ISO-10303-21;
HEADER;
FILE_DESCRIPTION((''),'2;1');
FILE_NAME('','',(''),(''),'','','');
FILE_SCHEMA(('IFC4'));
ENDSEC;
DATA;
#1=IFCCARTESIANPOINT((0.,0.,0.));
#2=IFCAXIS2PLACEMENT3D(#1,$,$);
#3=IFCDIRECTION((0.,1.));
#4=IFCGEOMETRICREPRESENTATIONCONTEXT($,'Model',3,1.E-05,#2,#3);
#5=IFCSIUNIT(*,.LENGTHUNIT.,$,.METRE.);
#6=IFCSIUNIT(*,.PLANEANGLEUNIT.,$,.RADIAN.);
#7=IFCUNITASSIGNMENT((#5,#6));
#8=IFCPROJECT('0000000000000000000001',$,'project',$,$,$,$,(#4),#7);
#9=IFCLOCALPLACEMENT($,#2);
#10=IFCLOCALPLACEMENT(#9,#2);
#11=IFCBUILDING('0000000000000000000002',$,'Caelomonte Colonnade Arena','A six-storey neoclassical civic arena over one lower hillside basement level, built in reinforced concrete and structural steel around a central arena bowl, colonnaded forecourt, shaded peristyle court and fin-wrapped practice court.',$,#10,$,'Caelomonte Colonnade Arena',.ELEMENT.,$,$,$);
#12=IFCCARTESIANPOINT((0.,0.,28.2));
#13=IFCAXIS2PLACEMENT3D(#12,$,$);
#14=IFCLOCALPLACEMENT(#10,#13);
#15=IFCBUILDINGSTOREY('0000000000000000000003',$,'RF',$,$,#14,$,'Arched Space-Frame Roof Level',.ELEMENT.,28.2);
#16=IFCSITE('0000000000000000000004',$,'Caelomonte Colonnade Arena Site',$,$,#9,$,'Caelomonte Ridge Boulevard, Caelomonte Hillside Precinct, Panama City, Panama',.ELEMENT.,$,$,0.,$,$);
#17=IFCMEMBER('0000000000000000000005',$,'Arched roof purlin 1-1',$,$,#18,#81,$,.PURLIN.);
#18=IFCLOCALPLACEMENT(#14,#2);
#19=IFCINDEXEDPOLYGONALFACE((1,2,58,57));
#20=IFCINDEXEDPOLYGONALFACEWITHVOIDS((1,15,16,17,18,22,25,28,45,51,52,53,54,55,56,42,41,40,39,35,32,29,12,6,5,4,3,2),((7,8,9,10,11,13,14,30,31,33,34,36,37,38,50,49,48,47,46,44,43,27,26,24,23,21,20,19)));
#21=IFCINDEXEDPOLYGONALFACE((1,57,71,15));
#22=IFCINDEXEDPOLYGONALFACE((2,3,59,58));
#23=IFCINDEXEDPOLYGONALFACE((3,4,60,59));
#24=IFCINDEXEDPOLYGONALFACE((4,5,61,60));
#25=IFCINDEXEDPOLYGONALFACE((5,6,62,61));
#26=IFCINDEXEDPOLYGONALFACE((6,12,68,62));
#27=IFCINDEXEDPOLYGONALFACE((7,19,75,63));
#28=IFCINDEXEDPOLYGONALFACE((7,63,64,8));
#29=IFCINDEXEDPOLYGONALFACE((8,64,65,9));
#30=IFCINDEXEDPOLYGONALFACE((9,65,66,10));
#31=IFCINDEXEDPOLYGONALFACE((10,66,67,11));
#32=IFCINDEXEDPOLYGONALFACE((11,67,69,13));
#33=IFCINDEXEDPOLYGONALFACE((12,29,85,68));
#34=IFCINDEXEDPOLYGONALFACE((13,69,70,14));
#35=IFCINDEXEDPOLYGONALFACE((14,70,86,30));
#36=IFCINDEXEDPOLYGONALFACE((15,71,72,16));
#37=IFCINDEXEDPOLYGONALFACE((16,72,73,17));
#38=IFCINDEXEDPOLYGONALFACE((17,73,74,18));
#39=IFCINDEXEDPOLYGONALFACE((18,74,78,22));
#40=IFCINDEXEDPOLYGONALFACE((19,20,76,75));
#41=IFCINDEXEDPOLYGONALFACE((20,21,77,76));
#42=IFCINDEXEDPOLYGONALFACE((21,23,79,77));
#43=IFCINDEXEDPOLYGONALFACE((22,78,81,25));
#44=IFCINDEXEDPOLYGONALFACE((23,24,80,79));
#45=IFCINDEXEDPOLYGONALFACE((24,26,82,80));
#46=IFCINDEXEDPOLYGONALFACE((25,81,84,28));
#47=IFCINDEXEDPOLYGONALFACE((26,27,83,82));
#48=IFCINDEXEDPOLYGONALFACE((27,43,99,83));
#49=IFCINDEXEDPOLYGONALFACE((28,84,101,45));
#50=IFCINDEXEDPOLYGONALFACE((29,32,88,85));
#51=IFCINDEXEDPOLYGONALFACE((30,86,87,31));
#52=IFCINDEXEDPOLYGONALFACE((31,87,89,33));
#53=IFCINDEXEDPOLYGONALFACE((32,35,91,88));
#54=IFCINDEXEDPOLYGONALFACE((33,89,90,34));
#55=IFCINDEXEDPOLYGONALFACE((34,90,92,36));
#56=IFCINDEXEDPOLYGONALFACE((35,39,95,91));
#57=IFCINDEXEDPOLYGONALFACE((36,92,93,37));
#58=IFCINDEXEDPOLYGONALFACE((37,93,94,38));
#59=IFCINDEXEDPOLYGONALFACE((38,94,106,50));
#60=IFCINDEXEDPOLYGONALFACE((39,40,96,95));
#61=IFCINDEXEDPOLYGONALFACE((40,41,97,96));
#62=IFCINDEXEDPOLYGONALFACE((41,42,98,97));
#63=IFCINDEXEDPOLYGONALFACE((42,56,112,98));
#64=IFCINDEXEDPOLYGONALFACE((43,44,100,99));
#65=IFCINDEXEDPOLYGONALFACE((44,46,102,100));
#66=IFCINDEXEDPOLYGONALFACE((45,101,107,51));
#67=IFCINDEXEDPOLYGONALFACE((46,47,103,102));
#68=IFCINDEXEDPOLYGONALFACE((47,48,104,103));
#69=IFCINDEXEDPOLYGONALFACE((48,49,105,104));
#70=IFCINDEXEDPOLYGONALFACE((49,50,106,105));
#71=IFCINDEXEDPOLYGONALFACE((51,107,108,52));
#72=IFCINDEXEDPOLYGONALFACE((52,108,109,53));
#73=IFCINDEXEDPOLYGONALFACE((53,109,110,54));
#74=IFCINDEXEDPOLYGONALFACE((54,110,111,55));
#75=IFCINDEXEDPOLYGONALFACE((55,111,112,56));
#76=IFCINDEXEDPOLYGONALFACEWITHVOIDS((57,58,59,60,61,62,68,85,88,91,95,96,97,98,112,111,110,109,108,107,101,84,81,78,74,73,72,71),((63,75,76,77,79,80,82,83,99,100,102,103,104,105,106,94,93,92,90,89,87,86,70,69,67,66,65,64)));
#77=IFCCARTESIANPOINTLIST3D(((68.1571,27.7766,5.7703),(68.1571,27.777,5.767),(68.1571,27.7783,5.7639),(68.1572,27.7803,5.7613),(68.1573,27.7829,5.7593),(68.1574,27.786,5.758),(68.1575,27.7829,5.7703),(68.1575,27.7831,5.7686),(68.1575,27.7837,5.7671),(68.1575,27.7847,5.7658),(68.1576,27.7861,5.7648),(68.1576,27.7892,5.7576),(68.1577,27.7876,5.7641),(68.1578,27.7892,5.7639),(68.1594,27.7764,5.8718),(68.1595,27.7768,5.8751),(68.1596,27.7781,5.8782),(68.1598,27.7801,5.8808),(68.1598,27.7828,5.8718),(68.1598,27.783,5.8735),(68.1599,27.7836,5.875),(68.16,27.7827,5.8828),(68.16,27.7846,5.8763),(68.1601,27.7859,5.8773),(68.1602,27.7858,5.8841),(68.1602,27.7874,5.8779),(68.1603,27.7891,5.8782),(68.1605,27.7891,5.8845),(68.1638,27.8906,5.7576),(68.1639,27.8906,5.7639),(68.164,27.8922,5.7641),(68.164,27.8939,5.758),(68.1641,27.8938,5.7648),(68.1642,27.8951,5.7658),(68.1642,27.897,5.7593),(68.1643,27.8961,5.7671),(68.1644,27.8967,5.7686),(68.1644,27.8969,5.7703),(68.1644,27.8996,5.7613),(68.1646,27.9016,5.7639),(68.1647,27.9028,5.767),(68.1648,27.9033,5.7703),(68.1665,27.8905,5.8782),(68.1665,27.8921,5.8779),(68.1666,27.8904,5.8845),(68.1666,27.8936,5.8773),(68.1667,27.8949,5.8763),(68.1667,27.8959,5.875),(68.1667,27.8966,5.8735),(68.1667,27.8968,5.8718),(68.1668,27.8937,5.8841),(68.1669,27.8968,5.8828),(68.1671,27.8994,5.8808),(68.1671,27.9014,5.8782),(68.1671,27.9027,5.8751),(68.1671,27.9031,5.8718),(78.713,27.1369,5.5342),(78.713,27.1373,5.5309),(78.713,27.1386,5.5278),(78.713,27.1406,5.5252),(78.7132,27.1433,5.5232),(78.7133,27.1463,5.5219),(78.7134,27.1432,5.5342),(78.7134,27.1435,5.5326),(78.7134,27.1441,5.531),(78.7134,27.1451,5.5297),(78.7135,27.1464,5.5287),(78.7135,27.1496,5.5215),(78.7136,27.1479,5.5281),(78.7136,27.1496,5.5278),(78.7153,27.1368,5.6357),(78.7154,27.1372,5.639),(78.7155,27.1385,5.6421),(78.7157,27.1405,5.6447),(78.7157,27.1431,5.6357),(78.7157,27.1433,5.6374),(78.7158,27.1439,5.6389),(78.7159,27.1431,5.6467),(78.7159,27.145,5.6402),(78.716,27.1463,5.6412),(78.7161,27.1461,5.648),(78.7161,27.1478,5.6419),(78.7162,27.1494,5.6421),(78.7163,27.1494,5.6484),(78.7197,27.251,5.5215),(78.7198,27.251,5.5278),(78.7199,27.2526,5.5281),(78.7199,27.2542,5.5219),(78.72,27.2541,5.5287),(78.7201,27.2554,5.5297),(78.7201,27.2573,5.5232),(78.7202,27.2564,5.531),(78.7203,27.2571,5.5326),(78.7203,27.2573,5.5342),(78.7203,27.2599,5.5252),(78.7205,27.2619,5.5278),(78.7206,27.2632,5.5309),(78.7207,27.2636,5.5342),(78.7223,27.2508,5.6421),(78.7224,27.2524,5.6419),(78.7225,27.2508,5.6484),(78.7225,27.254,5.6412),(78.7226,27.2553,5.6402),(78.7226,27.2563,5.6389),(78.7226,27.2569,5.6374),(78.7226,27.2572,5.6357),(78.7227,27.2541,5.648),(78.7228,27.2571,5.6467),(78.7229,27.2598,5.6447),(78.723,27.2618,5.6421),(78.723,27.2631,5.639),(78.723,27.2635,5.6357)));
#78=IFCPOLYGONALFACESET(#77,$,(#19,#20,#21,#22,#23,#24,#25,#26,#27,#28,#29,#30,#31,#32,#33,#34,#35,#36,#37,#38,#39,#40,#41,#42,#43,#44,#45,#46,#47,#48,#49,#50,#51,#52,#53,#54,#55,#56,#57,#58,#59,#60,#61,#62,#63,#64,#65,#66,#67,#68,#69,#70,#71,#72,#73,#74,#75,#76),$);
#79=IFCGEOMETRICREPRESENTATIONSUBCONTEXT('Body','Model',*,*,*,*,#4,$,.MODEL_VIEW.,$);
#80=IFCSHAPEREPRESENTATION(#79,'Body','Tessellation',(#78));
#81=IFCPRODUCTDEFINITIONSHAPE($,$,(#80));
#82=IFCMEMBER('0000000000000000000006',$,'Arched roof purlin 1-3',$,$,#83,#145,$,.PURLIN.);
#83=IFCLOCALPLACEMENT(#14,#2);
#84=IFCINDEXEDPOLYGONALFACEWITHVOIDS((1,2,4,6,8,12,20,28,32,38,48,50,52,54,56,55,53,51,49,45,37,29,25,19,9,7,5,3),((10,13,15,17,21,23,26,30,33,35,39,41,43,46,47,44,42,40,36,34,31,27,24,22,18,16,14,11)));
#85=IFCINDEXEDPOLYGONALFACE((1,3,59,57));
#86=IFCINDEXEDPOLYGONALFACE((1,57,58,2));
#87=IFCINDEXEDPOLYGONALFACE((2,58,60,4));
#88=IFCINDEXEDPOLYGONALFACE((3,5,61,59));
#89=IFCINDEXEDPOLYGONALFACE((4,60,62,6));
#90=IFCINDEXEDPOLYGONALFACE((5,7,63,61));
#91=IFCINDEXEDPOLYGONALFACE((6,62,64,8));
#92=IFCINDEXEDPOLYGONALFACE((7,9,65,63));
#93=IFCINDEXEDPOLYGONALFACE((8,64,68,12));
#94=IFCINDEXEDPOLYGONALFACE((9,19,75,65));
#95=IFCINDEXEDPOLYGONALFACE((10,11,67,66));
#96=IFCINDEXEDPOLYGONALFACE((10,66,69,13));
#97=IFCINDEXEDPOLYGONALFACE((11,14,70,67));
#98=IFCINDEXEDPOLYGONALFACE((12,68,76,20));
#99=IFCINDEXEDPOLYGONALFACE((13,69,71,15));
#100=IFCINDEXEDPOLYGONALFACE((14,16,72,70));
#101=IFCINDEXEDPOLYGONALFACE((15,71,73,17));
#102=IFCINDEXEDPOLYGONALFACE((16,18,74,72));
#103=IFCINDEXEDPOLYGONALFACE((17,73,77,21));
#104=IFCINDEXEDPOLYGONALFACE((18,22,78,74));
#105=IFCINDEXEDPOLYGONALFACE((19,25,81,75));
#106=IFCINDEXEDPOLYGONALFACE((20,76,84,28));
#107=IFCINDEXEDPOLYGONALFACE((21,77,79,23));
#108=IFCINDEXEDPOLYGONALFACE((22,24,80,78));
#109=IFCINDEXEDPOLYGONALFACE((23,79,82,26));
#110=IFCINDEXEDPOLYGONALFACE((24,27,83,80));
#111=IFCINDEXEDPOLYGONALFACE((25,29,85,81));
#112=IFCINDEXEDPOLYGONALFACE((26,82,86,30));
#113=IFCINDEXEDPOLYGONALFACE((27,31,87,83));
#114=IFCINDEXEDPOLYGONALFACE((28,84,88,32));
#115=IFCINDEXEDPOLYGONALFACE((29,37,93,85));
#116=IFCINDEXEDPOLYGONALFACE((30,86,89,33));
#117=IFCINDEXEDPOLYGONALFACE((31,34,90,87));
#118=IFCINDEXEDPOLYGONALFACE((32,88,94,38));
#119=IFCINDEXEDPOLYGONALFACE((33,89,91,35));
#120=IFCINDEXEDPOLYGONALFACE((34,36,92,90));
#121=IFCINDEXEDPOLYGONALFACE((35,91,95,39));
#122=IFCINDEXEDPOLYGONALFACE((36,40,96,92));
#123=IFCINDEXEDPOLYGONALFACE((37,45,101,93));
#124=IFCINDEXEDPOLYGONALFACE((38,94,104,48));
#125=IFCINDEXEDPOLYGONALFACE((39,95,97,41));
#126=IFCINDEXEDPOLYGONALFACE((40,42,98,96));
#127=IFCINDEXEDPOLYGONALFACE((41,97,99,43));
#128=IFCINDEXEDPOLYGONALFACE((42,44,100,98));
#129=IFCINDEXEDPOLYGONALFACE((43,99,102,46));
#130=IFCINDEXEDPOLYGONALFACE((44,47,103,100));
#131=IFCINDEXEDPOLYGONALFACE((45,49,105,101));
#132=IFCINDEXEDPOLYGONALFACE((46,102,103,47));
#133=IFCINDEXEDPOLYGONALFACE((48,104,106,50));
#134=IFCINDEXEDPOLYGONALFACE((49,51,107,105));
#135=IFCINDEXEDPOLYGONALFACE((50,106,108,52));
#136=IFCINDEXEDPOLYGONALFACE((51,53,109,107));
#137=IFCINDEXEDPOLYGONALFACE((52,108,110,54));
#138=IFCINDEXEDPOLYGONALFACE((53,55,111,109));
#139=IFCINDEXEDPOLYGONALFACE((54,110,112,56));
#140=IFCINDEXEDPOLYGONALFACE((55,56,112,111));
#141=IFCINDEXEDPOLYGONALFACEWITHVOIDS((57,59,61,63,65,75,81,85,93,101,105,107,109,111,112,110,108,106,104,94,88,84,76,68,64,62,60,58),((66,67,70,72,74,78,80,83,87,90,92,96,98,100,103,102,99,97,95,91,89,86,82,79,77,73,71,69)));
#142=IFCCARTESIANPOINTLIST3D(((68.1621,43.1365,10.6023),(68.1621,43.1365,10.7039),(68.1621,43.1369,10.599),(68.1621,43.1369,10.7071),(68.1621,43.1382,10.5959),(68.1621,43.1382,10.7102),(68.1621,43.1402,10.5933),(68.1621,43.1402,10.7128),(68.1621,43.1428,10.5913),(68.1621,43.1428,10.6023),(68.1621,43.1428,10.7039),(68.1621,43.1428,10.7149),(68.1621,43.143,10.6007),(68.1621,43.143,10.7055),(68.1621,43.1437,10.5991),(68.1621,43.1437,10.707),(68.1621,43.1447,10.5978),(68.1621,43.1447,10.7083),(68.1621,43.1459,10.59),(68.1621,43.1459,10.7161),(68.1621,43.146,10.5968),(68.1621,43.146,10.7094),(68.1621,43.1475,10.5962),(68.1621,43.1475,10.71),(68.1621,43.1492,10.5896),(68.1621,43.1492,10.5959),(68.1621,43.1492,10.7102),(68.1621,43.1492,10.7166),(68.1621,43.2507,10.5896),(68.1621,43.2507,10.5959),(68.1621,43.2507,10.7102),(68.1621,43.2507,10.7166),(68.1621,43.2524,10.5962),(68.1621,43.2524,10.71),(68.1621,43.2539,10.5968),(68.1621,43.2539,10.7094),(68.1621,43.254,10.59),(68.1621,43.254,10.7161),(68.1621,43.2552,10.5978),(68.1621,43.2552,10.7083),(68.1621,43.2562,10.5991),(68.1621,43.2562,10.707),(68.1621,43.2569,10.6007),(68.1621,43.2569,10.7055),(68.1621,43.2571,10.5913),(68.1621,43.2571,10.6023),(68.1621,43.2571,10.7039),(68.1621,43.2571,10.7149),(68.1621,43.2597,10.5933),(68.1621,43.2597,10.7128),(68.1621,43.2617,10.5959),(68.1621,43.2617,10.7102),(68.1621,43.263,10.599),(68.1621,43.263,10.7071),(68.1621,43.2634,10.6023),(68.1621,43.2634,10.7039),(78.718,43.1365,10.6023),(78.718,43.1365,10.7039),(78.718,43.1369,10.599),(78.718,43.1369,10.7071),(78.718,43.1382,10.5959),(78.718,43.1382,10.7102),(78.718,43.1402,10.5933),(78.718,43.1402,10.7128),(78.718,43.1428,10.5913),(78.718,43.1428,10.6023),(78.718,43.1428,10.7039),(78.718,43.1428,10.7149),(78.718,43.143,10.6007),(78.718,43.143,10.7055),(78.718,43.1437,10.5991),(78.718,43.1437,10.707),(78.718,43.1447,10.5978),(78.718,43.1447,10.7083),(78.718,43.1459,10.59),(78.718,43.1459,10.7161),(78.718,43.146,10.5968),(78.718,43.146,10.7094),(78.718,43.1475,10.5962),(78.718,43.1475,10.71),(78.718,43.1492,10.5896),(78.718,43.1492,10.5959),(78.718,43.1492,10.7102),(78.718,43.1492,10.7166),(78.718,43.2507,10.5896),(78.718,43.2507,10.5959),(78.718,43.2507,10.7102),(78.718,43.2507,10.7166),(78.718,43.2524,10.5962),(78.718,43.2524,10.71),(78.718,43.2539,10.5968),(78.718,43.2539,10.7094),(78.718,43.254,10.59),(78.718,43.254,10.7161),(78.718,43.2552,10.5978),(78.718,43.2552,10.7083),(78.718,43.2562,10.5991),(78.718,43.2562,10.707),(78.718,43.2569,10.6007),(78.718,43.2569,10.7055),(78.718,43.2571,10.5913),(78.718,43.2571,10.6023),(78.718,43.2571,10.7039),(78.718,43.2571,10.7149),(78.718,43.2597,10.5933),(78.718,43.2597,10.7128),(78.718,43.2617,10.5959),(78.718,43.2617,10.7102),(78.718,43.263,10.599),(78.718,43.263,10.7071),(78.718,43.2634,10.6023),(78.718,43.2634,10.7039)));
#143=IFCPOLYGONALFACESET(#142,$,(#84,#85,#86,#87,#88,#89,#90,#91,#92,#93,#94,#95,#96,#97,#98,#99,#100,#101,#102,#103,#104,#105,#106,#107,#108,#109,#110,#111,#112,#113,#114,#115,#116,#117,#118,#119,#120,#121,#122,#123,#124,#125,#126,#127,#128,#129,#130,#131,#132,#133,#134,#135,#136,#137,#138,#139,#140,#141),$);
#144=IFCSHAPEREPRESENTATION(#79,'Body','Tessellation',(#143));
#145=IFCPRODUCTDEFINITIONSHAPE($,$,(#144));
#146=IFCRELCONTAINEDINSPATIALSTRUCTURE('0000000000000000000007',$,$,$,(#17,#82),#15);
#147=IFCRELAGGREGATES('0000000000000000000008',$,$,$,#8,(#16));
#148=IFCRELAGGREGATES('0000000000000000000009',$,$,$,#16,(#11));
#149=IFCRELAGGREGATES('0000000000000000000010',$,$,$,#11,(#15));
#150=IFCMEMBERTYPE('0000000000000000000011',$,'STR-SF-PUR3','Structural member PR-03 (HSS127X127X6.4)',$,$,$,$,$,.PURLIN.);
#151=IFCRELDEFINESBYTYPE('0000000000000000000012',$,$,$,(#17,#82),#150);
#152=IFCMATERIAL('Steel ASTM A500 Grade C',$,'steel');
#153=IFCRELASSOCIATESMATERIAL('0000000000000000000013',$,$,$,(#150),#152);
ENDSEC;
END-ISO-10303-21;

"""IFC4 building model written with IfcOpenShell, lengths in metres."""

from ifc_helpers import new_model, si_unit, direction, frame, origin, origin_2d, place, context, subcontext, project, spatial, hollow_rectangle, extrude, material, material_profile, profile_set, type_object, element, save


model = new_model("IFC4")

# Units and contexts
model_context = context("Model", 3, precision=1e-05, world=origin(), true_north=direction((0.0, 1.0)))
body_context = subcontext(model_context, "Body", "Model", "MODEL_VIEW")
ifc_project = project(units=[si_unit("LENGTHUNIT", "METRE"), si_unit("PLANEANGLEUNIT", "RADIAN")], contexts=[model_context])

# Site, building, storey
site_placement = place(None, origin())
site = spatial("IfcSite", under=ifc_project, at=site_placement, Name="Caelomonte Colonnade Arena Site", LongName="Caelomonte Ridge Boulevard, Caelomonte Hillside Precinct, Panama City, Panama", CompositionType="ELEMENT", RefElevation=0.0)
building_placement = place(site_placement, origin())
building = spatial("IfcBuilding", under=site, at=building_placement, Name="Caelomonte Colonnade Arena", Description="A six-storey neoclassical civic arena over one lower hillside basement level, built in reinforced concrete and structural steel around a central arena bowl, colonnaded forecourt, shaded peristyle court and fin-wrapped practice court.", LongName="Caelomonte Colonnade Arena", CompositionType="ELEMENT")
storey_placement = place(building_placement, frame((0.0, 0.0, 28.2)))
storey = spatial("IfcBuildingStorey", under=building, at=storey_placement, Name="RF", LongName="Arched Space-Frame Roof Level", CompositionType="ELEMENT", Elevation=28.2)

# Members
ifc_material_1 = material(Name="Steel ASTM A500 Grade C", Category="steel")
ifc_material_profile_1 = material_profile(ifc_material_1, hollow_rectangle(XDim=0.127, YDim=0.127, WallThickness=0.0063, InnerFilletRadius=0.0063, OuterFilletRadius=0.0127, at=origin_2d()), Name="HSS127X127X6.4")
ifc_profile_set_1 = profile_set([ifc_material_profile_1], Name="Steel ASTM A500 Grade C")
member_type_1 = type_object("IfcMemberType", Name="STR-SF-PUR3", Description="Structural member PR-03 (HSS127X127X6.4)", PredefinedType="PURLIN", material=ifc_profile_set_1)
member_1_placement = place(storey_placement, frame((68.1621, 27.8398, 5.821), z_axis=(0.99792, -0.06047, -0.022319), x_axis=(0.060485, 0.998169, 0.0)))
element("IfcMember", 1, at=member_1_placement, inside=storey, type_object=member_type_1, Name="Arched roof purlin 1-1", PredefinedType="PURLIN", context=body_context, shape_type="SweptSolid", body=[
    extrude(hollow_rectangle(XDim=0.127, YDim=0.127, WallThickness=0.0063, InnerFilletRadius=0.0063, OuterFilletRadius=0.0127, at=origin_2d()), origin(), (0.0, 0.0, 1.0), 10.5779),
])
member_2_placement = place(storey_placement, frame((68.1621, 43.2, 10.6531), z_axis=(1.0, 0.0, 0.0), x_axis=(0.0, 1.0, 0.0)))
element("IfcMember", 2, at=member_2_placement, inside=storey, type_object=member_type_1, Name="Arched roof purlin 1-3", PredefinedType="PURLIN", context=body_context, shape_type="SweptSolid", body=[
    extrude(hollow_rectangle(XDim=0.127, YDim=0.127, WallThickness=0.0063, InnerFilletRadius=0.0063, OuterFilletRadius=0.0127, at=origin_2d()), origin(), (0.0, 0.0, 1.0), 10.5559),
])

save(model, "model.ifc")
